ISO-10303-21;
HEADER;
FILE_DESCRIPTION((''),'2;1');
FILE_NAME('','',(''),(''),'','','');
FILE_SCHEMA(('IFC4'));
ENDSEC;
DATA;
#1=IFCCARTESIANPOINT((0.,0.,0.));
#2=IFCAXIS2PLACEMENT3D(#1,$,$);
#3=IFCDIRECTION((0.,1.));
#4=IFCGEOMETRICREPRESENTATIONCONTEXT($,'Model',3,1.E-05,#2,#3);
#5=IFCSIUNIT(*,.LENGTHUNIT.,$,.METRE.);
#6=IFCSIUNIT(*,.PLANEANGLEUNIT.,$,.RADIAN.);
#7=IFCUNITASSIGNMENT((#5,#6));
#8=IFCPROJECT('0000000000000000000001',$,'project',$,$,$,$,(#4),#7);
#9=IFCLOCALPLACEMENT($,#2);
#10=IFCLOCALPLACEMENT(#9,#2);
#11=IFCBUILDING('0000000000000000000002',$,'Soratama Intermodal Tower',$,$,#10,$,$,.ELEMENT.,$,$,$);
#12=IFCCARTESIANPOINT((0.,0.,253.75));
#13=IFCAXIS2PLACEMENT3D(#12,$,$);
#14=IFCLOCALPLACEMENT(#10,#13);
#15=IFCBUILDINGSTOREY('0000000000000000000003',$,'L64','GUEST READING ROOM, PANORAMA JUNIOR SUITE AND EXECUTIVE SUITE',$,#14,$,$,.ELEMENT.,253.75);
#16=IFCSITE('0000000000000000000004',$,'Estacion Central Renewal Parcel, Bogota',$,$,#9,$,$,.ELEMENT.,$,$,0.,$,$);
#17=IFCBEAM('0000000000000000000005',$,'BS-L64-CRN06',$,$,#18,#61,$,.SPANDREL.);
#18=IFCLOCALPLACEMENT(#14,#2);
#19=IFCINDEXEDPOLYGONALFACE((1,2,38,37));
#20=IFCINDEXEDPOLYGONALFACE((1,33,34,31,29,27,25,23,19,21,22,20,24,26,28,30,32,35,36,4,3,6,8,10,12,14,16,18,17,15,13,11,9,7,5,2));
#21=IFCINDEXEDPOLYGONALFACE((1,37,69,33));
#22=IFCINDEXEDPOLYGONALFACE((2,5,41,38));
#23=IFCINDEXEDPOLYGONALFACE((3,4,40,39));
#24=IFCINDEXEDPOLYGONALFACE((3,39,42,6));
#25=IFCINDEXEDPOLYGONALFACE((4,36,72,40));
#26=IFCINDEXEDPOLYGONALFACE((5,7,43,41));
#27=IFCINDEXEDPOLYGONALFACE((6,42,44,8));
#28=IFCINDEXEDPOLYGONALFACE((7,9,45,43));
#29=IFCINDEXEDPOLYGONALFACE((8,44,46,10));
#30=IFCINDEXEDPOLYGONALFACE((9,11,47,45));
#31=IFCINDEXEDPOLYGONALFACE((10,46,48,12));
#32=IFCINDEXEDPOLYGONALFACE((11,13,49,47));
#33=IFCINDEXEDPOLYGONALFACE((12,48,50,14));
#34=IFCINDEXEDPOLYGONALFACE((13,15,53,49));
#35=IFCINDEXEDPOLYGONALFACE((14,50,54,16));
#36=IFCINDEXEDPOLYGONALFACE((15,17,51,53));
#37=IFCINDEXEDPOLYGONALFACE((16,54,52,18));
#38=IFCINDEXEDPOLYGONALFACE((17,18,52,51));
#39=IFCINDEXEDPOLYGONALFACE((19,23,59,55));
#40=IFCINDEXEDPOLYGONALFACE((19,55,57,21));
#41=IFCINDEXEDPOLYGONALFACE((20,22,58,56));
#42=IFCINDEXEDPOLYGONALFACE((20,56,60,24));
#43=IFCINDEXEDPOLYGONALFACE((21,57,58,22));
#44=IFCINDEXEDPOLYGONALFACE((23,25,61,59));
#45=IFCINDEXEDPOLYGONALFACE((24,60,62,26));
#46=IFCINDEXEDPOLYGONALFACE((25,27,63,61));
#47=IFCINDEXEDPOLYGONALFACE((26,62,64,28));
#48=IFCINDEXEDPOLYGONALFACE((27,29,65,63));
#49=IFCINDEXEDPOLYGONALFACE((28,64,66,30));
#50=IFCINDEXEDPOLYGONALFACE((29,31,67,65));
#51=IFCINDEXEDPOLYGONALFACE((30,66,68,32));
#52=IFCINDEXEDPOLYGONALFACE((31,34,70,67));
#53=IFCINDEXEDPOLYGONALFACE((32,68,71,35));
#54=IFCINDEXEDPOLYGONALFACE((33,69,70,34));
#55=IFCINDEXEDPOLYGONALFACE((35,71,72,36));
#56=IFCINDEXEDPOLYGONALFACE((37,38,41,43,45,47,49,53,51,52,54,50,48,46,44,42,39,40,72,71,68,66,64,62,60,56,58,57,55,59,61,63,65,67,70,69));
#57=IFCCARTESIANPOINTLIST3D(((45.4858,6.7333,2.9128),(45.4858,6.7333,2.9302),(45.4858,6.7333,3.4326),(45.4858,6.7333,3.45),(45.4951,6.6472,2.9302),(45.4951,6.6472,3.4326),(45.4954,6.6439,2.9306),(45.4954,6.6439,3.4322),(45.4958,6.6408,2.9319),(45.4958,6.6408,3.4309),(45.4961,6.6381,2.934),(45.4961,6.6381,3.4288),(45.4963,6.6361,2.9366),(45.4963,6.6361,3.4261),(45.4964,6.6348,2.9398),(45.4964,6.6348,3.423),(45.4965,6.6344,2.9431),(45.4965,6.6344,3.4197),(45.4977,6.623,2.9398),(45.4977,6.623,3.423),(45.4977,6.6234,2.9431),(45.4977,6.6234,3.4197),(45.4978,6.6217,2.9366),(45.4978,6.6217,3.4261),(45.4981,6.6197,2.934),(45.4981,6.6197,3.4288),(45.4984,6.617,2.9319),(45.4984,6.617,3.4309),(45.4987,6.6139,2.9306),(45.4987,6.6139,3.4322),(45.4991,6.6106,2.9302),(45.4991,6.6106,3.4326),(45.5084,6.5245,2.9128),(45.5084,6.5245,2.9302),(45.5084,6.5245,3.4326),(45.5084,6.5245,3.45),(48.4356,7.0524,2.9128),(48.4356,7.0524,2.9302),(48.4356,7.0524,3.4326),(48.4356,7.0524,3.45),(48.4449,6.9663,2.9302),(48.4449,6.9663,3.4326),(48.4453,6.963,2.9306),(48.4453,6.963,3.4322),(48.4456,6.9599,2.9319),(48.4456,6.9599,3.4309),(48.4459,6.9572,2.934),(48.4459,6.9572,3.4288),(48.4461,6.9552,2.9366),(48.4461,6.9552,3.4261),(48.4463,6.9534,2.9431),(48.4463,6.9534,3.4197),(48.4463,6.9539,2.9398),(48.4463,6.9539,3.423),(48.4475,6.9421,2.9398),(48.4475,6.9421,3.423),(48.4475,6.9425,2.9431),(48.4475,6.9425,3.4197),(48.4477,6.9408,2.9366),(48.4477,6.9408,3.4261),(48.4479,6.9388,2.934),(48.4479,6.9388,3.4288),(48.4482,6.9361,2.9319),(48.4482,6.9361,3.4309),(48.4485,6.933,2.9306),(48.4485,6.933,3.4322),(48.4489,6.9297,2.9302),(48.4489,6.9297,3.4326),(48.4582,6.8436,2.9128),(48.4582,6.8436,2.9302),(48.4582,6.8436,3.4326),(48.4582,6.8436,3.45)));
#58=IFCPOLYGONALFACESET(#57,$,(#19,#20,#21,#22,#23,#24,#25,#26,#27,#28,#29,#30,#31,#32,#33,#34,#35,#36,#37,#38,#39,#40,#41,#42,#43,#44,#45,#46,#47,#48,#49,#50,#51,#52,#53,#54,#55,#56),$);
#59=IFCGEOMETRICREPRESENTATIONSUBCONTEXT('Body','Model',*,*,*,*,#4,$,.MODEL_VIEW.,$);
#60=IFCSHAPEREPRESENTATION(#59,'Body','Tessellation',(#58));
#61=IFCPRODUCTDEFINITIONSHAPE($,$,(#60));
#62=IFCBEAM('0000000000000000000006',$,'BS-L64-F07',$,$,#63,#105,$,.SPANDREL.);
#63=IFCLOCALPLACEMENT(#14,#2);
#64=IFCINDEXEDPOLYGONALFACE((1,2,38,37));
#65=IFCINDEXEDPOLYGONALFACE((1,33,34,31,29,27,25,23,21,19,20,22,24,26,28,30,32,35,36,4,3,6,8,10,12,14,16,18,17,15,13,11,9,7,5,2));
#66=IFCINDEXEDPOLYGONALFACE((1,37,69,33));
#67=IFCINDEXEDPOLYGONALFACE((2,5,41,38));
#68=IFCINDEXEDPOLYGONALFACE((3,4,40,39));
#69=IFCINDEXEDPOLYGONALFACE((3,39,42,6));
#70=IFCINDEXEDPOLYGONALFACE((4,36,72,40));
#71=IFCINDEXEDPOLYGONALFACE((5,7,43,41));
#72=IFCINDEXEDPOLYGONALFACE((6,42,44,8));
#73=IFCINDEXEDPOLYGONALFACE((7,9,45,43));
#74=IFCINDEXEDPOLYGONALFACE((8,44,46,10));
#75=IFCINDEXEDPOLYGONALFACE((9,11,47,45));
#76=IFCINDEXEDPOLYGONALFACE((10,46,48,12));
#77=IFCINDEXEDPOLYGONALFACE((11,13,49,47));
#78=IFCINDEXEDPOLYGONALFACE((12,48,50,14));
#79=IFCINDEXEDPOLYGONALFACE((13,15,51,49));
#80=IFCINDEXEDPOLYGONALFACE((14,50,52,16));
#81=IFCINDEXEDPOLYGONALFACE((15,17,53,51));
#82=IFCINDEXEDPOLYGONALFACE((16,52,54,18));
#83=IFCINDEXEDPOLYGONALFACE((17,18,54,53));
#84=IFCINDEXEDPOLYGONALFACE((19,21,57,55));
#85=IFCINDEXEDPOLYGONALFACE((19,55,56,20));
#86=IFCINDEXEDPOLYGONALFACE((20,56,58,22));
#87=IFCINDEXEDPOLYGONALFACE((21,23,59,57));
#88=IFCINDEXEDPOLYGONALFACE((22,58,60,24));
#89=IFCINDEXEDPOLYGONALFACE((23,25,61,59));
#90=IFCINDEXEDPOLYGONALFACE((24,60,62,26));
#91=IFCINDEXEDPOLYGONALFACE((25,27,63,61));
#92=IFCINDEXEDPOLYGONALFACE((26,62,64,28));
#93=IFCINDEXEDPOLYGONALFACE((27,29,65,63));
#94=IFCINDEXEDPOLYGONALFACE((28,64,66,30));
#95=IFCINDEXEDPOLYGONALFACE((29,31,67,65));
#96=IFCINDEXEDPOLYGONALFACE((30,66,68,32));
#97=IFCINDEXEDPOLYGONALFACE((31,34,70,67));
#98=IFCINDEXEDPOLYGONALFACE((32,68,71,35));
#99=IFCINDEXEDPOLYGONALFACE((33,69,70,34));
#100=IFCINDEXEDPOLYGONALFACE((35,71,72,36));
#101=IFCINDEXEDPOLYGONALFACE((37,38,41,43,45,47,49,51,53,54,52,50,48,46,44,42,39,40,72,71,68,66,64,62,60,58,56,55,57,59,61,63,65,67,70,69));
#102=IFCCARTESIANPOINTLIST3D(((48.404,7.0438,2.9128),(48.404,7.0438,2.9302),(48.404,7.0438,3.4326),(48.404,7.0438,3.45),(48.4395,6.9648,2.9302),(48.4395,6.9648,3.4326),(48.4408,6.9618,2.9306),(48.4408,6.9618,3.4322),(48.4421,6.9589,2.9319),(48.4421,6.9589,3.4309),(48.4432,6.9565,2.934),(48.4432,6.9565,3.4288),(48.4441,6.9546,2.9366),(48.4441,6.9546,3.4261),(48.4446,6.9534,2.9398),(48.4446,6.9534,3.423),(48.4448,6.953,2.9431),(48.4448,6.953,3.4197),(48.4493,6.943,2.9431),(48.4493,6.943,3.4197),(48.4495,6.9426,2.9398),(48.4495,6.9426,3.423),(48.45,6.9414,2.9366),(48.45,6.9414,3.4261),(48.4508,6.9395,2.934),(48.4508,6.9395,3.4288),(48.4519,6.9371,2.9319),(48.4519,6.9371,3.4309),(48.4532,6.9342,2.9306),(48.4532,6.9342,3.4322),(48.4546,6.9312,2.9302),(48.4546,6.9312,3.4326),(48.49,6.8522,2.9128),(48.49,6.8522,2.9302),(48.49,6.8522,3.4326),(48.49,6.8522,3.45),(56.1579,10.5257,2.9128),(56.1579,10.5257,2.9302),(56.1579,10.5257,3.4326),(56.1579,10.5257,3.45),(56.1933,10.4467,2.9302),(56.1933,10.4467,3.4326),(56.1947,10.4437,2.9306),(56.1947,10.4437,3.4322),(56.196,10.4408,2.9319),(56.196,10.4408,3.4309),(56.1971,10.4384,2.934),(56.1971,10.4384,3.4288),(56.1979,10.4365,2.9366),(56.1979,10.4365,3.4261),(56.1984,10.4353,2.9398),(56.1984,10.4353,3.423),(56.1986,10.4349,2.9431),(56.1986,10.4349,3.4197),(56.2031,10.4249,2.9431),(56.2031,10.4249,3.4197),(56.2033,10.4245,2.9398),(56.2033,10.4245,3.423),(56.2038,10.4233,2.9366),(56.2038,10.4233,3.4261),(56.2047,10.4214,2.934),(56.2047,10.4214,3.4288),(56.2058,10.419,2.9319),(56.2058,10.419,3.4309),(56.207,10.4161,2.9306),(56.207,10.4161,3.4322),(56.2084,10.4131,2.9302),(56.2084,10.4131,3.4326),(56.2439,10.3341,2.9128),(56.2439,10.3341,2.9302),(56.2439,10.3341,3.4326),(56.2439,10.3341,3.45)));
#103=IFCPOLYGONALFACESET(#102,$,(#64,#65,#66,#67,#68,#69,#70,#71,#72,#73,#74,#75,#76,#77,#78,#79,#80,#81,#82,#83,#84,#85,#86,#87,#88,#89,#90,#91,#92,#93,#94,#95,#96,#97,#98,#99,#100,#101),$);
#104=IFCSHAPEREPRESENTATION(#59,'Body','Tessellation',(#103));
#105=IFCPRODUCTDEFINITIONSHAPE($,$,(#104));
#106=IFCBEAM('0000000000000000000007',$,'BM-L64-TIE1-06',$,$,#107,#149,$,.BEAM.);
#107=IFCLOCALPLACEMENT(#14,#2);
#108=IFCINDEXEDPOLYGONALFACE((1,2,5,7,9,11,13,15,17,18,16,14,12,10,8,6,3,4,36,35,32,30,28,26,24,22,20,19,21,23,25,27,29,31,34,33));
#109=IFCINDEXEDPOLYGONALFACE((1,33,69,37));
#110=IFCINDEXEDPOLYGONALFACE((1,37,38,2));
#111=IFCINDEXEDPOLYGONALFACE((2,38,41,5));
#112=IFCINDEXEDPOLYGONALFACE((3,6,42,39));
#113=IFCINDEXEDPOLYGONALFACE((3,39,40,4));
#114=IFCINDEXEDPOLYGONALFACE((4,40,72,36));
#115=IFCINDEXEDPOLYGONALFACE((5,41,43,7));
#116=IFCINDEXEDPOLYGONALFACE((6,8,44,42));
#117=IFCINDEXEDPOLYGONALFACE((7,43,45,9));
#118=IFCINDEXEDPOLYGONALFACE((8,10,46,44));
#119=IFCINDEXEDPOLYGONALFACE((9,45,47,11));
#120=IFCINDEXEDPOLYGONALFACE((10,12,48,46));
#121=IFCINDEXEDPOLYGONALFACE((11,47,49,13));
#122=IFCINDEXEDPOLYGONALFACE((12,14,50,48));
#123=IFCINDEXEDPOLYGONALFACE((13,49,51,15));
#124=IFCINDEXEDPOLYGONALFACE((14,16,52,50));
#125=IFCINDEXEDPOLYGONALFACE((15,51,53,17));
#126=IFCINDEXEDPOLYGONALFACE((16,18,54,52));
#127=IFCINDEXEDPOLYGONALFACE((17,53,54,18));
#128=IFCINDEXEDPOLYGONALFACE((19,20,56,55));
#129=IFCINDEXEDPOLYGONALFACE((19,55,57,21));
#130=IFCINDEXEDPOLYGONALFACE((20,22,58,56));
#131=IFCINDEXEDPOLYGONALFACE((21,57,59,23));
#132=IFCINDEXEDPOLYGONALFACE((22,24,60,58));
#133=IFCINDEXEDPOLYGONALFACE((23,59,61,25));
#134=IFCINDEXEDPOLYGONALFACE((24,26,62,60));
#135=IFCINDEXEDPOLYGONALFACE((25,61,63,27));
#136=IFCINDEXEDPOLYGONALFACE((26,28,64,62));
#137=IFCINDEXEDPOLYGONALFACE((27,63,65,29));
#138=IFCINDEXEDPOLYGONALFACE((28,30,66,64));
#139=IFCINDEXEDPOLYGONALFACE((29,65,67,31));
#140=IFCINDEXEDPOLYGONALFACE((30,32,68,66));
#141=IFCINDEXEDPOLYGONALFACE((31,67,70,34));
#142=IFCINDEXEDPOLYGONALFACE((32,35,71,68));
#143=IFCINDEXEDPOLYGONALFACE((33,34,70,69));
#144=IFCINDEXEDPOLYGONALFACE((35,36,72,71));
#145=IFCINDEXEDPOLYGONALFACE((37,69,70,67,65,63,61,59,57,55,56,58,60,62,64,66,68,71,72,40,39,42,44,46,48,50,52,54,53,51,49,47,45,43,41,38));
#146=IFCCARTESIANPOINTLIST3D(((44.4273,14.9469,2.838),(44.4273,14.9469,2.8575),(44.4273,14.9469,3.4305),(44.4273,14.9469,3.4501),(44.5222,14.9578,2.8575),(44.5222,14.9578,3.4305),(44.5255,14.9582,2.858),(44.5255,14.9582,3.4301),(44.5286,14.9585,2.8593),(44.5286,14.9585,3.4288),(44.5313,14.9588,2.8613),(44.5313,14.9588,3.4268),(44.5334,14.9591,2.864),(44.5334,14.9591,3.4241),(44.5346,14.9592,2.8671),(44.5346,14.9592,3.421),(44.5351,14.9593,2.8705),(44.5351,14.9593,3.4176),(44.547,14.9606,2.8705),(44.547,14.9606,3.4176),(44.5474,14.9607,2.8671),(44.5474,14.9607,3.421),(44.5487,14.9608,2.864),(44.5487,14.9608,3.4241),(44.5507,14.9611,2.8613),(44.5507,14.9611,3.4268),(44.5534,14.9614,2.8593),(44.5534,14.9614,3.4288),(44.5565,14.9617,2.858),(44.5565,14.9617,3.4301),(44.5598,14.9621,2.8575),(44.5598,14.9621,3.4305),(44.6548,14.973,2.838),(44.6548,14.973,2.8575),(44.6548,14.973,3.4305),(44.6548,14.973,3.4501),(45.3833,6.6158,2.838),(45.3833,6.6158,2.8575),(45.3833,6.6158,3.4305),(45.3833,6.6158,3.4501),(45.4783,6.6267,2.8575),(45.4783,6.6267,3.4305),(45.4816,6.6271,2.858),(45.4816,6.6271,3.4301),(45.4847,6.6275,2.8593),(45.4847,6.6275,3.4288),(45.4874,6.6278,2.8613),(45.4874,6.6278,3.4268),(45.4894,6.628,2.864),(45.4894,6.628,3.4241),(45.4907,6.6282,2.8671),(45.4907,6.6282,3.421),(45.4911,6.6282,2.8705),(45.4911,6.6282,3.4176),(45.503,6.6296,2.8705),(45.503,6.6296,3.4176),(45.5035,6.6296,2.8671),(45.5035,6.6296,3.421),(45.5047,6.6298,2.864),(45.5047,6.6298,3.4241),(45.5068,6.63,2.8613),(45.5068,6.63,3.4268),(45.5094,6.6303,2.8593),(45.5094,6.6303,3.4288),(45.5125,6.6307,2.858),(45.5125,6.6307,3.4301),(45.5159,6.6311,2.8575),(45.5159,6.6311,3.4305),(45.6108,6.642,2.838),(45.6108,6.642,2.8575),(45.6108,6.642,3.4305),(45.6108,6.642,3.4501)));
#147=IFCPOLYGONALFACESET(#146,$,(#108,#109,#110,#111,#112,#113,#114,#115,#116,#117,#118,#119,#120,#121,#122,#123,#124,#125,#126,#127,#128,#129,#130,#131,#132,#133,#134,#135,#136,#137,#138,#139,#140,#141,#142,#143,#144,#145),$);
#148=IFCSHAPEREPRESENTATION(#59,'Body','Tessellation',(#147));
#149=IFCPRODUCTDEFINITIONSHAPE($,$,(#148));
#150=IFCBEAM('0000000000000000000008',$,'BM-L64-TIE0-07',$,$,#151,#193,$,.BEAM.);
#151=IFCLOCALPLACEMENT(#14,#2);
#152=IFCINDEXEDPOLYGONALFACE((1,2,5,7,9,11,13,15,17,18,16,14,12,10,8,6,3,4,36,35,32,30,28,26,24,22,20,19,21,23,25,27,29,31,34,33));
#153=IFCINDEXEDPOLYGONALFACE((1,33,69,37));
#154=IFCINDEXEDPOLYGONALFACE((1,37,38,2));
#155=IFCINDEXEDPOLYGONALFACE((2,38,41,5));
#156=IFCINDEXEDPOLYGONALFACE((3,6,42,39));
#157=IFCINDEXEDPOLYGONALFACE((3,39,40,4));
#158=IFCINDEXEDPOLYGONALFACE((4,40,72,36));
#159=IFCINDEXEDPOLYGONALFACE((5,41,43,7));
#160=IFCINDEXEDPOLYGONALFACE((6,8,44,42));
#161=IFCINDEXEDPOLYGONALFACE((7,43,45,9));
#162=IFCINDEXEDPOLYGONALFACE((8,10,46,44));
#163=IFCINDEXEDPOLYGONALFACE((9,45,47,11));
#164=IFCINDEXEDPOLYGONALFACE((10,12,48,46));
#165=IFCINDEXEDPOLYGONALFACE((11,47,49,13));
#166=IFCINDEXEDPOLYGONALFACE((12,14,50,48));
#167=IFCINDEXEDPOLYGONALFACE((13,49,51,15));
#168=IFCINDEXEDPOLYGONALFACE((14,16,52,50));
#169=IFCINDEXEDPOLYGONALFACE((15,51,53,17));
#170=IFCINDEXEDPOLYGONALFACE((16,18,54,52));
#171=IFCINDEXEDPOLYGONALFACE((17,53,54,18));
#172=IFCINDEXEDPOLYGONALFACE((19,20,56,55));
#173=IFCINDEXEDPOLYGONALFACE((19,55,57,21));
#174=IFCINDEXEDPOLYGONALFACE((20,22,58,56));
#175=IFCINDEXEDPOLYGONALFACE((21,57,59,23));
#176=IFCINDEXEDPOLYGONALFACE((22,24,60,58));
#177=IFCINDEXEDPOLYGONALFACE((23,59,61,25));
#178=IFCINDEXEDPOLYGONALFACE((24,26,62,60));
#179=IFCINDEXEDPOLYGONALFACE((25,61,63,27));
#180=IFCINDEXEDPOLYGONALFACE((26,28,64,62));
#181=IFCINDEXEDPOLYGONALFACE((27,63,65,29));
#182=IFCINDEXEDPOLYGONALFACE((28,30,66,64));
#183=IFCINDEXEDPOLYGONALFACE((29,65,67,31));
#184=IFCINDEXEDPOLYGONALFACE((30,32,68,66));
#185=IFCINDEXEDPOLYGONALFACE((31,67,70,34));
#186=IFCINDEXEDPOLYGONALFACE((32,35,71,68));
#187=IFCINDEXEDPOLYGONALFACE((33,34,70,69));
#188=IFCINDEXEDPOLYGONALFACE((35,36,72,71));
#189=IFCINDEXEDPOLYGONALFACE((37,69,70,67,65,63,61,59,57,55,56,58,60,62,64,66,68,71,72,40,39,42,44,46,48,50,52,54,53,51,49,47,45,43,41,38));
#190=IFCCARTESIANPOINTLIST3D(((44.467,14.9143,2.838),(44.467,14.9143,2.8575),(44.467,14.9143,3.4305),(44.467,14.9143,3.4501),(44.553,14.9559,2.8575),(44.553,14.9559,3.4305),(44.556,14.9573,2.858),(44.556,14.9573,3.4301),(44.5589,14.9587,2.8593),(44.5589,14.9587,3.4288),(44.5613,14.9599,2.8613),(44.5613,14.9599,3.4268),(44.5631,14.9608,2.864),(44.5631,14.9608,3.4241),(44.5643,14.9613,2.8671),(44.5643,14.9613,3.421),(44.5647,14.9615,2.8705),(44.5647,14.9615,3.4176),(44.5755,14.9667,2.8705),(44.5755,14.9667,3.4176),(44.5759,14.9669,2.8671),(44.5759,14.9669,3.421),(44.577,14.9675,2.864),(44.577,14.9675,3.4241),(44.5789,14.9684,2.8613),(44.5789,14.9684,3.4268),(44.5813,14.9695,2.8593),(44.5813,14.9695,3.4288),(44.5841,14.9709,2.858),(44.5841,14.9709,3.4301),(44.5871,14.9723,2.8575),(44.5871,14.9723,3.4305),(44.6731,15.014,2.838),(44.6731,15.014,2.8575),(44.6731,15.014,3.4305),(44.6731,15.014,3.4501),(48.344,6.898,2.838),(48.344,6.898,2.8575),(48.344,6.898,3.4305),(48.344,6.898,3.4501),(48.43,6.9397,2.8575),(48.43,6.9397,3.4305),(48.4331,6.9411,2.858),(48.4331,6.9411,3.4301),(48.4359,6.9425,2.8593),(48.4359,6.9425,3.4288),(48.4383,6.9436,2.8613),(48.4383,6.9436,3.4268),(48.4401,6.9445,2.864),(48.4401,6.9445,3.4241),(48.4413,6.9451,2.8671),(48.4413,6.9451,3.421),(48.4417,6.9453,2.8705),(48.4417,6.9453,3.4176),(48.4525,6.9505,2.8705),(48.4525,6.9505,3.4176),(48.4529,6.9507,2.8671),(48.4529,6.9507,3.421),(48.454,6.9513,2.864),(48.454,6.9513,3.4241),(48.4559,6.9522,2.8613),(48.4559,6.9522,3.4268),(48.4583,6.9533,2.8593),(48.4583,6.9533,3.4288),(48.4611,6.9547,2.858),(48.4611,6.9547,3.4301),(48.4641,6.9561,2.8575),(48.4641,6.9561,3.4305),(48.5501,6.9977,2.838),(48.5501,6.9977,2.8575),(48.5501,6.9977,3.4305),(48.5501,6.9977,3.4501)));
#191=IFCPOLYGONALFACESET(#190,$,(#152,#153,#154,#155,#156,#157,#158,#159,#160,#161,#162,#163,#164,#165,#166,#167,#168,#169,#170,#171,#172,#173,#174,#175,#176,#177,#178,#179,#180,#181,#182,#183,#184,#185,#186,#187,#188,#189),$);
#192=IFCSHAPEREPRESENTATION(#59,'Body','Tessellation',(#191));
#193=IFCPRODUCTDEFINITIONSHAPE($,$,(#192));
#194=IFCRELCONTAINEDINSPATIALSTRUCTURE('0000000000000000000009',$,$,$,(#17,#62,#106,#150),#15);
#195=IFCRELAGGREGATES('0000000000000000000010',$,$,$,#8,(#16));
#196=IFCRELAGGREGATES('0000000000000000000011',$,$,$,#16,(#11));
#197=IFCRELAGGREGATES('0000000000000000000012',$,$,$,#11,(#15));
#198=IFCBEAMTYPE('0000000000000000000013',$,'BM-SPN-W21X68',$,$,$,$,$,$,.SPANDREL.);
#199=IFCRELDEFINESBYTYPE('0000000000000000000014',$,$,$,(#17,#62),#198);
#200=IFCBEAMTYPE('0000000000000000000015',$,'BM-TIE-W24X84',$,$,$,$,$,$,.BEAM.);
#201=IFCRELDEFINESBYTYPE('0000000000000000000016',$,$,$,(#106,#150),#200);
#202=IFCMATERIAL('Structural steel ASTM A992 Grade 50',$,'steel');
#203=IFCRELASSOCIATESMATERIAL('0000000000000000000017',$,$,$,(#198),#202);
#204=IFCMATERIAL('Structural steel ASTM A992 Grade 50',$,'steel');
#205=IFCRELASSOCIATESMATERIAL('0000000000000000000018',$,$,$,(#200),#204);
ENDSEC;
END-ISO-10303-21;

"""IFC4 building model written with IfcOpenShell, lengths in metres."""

from ifc_helpers import new_model, si_unit, direction, frame, origin, origin_2d, place, context, subcontext, project, spatial, i_section, extrude, material, material_profile, profile_set, type_object, element, save


model = new_model("IFC4")

# Units and contexts
model_context = context("Model", 3, precision=1e-05, world=origin(), true_north=direction((0.0, 1.0)))
body_context = subcontext(model_context, "Body", "Model", "MODEL_VIEW")
ifc_project = project(units=[si_unit("LENGTHUNIT", "METRE"), si_unit("PLANEANGLEUNIT", "RADIAN")], contexts=[model_context])

# Site, building, storey
site_placement = place(None, origin())
site = spatial("IfcSite", under=ifc_project, at=site_placement, Name="Estacion Central Renewal Parcel, Bogota", CompositionType="ELEMENT", RefElevation=0.0)
building_placement = place(site_placement, origin())
building = spatial("IfcBuilding", under=site, at=building_placement, Name="Soratama Intermodal Tower", CompositionType="ELEMENT")
storey_placement = place(building_placement, frame((0.0, 0.0, 253.75)))
storey = spatial("IfcBuildingStorey", under=building, at=storey_placement, Name="L64", Description="GUEST READING ROOM, PANORAMA JUNIOR SUITE AND EXECUTIVE SUITE", CompositionType="ELEMENT", Elevation=253.75)

# Beams
ifc_material_1 = material(Name="Structural steel ASTM A992 Grade 50", Category="steel")
ifc_material_profile_1 = material_profile(ifc_material_1, i_section(OverallWidth=0.21, OverallDepth=0.5371, WebThickness=0.011, FlangeThickness=0.0173, FilletRadius=0.0129, at=origin_2d()), Name="W21X68")
ifc_profile_set_1 = profile_set([ifc_material_profile_1], Name="Structural steel ASTM A992 Grade 50")
beam_type_1 = type_object("IfcBeamType", Name="BM-SPN-W21X68", PredefinedType="SPANDREL", material=ifc_profile_set_1)
beam_1_placement = place(storey_placement, frame((45.4971, 6.6289, 3.1814), z_axis=(0.994201, 0.107541, 0.0), x_axis=(-0.107541, 0.994201, 0.0)))
element("IfcBeam", 1, at=beam_1_placement, inside=storey, type_object=beam_type_1, Name="BS-L64-CRN06", PredefinedType="SPANDREL", context=body_context, shape_type="SweptSolid", body=[
    extrude(i_section(OverallWidth=0.21, OverallDepth=0.5371, WebThickness=0.011, FlangeThickness=0.0173, FilletRadius=0.0129, at=origin_2d()), origin(), (0.0, 0.0, 1.0), 2.967),
])
beam_2_placement = place(storey_placement, frame((48.447, 6.948, 3.1814), z_axis=(0.912244, 0.409648, 0.0), x_axis=(-0.409648, 0.912244, 0.0)))
element("IfcBeam", 2, at=beam_2_placement, inside=storey, type_object=beam_type_1, Name="BS-L64-F07", PredefinedType="SPANDREL", context=body_context, shape_type="SweptSolid", body=[
    extrude(i_section(OverallWidth=0.21, OverallDepth=0.5371, WebThickness=0.011, FlangeThickness=0.0173, FilletRadius=0.0129, at=origin_2d()), origin(), (0.0, 0.0, 1.0), 8.4998),
])
ifc_material_2 = material(Name="Structural steel ASTM A992 Grade 50", Category="steel")
ifc_material_profile_2 = material_profile(ifc_material_2, i_section(OverallWidth=0.229, OverallDepth=0.6121, WebThickness=0.012, FlangeThickness=0.0195, FilletRadius=0.0129, at=origin_2d()), Name="W24X84")
ifc_profile_set_2 = profile_set([ifc_material_profile_2], Name="Structural steel ASTM A992 Grade 50")
beam_type_2 = type_object("IfcBeamType", Name="BM-TIE-W24X84", PredefinedType="BEAM", material=ifc_profile_set_2)
beam_3_placement = place(storey_placement, frame((44.541, 14.96, 3.144), z_axis=(0.11401, -0.99348, 0.0), x_axis=(0.99348, 0.11401, 0.0)))
element("IfcBeam", 3, at=beam_3_placement, inside=storey, type_object=beam_type_2, Name="BM-L64-TIE1-06", PredefinedType="BEAM", context=body_context, shape_type="SweptSolid", body=[
    extrude(i_section(OverallWidth=0.229, OverallDepth=0.6121, WebThickness=0.012, FlangeThickness=0.0195, FilletRadius=0.0129, at=origin_2d()), origin(), (0.0, 0.0, 1.0), 8.3857),
])
beam_4_placement = place(storey_placement, frame((44.5701, 14.9641, 3.144), z_axis=(0.435396, -0.900239, 0.0), x_axis=(0.900239, 0.435396, 0.0)))
element("IfcBeam", 4, at=beam_4_placement, inside=storey, type_object=beam_type_2, Name="BM-L64-TIE0-07", PredefinedType="BEAM", context=body_context, shape_type="SweptSolid", body=[
    extrude(i_section(OverallWidth=0.229, OverallDepth=0.6121, WebThickness=0.012, FlangeThickness=0.0195, FilletRadius=0.0129, at=origin_2d()), origin(), (0.0, 0.0, 1.0), 8.9045),
])

save(model, "model.ifc")
